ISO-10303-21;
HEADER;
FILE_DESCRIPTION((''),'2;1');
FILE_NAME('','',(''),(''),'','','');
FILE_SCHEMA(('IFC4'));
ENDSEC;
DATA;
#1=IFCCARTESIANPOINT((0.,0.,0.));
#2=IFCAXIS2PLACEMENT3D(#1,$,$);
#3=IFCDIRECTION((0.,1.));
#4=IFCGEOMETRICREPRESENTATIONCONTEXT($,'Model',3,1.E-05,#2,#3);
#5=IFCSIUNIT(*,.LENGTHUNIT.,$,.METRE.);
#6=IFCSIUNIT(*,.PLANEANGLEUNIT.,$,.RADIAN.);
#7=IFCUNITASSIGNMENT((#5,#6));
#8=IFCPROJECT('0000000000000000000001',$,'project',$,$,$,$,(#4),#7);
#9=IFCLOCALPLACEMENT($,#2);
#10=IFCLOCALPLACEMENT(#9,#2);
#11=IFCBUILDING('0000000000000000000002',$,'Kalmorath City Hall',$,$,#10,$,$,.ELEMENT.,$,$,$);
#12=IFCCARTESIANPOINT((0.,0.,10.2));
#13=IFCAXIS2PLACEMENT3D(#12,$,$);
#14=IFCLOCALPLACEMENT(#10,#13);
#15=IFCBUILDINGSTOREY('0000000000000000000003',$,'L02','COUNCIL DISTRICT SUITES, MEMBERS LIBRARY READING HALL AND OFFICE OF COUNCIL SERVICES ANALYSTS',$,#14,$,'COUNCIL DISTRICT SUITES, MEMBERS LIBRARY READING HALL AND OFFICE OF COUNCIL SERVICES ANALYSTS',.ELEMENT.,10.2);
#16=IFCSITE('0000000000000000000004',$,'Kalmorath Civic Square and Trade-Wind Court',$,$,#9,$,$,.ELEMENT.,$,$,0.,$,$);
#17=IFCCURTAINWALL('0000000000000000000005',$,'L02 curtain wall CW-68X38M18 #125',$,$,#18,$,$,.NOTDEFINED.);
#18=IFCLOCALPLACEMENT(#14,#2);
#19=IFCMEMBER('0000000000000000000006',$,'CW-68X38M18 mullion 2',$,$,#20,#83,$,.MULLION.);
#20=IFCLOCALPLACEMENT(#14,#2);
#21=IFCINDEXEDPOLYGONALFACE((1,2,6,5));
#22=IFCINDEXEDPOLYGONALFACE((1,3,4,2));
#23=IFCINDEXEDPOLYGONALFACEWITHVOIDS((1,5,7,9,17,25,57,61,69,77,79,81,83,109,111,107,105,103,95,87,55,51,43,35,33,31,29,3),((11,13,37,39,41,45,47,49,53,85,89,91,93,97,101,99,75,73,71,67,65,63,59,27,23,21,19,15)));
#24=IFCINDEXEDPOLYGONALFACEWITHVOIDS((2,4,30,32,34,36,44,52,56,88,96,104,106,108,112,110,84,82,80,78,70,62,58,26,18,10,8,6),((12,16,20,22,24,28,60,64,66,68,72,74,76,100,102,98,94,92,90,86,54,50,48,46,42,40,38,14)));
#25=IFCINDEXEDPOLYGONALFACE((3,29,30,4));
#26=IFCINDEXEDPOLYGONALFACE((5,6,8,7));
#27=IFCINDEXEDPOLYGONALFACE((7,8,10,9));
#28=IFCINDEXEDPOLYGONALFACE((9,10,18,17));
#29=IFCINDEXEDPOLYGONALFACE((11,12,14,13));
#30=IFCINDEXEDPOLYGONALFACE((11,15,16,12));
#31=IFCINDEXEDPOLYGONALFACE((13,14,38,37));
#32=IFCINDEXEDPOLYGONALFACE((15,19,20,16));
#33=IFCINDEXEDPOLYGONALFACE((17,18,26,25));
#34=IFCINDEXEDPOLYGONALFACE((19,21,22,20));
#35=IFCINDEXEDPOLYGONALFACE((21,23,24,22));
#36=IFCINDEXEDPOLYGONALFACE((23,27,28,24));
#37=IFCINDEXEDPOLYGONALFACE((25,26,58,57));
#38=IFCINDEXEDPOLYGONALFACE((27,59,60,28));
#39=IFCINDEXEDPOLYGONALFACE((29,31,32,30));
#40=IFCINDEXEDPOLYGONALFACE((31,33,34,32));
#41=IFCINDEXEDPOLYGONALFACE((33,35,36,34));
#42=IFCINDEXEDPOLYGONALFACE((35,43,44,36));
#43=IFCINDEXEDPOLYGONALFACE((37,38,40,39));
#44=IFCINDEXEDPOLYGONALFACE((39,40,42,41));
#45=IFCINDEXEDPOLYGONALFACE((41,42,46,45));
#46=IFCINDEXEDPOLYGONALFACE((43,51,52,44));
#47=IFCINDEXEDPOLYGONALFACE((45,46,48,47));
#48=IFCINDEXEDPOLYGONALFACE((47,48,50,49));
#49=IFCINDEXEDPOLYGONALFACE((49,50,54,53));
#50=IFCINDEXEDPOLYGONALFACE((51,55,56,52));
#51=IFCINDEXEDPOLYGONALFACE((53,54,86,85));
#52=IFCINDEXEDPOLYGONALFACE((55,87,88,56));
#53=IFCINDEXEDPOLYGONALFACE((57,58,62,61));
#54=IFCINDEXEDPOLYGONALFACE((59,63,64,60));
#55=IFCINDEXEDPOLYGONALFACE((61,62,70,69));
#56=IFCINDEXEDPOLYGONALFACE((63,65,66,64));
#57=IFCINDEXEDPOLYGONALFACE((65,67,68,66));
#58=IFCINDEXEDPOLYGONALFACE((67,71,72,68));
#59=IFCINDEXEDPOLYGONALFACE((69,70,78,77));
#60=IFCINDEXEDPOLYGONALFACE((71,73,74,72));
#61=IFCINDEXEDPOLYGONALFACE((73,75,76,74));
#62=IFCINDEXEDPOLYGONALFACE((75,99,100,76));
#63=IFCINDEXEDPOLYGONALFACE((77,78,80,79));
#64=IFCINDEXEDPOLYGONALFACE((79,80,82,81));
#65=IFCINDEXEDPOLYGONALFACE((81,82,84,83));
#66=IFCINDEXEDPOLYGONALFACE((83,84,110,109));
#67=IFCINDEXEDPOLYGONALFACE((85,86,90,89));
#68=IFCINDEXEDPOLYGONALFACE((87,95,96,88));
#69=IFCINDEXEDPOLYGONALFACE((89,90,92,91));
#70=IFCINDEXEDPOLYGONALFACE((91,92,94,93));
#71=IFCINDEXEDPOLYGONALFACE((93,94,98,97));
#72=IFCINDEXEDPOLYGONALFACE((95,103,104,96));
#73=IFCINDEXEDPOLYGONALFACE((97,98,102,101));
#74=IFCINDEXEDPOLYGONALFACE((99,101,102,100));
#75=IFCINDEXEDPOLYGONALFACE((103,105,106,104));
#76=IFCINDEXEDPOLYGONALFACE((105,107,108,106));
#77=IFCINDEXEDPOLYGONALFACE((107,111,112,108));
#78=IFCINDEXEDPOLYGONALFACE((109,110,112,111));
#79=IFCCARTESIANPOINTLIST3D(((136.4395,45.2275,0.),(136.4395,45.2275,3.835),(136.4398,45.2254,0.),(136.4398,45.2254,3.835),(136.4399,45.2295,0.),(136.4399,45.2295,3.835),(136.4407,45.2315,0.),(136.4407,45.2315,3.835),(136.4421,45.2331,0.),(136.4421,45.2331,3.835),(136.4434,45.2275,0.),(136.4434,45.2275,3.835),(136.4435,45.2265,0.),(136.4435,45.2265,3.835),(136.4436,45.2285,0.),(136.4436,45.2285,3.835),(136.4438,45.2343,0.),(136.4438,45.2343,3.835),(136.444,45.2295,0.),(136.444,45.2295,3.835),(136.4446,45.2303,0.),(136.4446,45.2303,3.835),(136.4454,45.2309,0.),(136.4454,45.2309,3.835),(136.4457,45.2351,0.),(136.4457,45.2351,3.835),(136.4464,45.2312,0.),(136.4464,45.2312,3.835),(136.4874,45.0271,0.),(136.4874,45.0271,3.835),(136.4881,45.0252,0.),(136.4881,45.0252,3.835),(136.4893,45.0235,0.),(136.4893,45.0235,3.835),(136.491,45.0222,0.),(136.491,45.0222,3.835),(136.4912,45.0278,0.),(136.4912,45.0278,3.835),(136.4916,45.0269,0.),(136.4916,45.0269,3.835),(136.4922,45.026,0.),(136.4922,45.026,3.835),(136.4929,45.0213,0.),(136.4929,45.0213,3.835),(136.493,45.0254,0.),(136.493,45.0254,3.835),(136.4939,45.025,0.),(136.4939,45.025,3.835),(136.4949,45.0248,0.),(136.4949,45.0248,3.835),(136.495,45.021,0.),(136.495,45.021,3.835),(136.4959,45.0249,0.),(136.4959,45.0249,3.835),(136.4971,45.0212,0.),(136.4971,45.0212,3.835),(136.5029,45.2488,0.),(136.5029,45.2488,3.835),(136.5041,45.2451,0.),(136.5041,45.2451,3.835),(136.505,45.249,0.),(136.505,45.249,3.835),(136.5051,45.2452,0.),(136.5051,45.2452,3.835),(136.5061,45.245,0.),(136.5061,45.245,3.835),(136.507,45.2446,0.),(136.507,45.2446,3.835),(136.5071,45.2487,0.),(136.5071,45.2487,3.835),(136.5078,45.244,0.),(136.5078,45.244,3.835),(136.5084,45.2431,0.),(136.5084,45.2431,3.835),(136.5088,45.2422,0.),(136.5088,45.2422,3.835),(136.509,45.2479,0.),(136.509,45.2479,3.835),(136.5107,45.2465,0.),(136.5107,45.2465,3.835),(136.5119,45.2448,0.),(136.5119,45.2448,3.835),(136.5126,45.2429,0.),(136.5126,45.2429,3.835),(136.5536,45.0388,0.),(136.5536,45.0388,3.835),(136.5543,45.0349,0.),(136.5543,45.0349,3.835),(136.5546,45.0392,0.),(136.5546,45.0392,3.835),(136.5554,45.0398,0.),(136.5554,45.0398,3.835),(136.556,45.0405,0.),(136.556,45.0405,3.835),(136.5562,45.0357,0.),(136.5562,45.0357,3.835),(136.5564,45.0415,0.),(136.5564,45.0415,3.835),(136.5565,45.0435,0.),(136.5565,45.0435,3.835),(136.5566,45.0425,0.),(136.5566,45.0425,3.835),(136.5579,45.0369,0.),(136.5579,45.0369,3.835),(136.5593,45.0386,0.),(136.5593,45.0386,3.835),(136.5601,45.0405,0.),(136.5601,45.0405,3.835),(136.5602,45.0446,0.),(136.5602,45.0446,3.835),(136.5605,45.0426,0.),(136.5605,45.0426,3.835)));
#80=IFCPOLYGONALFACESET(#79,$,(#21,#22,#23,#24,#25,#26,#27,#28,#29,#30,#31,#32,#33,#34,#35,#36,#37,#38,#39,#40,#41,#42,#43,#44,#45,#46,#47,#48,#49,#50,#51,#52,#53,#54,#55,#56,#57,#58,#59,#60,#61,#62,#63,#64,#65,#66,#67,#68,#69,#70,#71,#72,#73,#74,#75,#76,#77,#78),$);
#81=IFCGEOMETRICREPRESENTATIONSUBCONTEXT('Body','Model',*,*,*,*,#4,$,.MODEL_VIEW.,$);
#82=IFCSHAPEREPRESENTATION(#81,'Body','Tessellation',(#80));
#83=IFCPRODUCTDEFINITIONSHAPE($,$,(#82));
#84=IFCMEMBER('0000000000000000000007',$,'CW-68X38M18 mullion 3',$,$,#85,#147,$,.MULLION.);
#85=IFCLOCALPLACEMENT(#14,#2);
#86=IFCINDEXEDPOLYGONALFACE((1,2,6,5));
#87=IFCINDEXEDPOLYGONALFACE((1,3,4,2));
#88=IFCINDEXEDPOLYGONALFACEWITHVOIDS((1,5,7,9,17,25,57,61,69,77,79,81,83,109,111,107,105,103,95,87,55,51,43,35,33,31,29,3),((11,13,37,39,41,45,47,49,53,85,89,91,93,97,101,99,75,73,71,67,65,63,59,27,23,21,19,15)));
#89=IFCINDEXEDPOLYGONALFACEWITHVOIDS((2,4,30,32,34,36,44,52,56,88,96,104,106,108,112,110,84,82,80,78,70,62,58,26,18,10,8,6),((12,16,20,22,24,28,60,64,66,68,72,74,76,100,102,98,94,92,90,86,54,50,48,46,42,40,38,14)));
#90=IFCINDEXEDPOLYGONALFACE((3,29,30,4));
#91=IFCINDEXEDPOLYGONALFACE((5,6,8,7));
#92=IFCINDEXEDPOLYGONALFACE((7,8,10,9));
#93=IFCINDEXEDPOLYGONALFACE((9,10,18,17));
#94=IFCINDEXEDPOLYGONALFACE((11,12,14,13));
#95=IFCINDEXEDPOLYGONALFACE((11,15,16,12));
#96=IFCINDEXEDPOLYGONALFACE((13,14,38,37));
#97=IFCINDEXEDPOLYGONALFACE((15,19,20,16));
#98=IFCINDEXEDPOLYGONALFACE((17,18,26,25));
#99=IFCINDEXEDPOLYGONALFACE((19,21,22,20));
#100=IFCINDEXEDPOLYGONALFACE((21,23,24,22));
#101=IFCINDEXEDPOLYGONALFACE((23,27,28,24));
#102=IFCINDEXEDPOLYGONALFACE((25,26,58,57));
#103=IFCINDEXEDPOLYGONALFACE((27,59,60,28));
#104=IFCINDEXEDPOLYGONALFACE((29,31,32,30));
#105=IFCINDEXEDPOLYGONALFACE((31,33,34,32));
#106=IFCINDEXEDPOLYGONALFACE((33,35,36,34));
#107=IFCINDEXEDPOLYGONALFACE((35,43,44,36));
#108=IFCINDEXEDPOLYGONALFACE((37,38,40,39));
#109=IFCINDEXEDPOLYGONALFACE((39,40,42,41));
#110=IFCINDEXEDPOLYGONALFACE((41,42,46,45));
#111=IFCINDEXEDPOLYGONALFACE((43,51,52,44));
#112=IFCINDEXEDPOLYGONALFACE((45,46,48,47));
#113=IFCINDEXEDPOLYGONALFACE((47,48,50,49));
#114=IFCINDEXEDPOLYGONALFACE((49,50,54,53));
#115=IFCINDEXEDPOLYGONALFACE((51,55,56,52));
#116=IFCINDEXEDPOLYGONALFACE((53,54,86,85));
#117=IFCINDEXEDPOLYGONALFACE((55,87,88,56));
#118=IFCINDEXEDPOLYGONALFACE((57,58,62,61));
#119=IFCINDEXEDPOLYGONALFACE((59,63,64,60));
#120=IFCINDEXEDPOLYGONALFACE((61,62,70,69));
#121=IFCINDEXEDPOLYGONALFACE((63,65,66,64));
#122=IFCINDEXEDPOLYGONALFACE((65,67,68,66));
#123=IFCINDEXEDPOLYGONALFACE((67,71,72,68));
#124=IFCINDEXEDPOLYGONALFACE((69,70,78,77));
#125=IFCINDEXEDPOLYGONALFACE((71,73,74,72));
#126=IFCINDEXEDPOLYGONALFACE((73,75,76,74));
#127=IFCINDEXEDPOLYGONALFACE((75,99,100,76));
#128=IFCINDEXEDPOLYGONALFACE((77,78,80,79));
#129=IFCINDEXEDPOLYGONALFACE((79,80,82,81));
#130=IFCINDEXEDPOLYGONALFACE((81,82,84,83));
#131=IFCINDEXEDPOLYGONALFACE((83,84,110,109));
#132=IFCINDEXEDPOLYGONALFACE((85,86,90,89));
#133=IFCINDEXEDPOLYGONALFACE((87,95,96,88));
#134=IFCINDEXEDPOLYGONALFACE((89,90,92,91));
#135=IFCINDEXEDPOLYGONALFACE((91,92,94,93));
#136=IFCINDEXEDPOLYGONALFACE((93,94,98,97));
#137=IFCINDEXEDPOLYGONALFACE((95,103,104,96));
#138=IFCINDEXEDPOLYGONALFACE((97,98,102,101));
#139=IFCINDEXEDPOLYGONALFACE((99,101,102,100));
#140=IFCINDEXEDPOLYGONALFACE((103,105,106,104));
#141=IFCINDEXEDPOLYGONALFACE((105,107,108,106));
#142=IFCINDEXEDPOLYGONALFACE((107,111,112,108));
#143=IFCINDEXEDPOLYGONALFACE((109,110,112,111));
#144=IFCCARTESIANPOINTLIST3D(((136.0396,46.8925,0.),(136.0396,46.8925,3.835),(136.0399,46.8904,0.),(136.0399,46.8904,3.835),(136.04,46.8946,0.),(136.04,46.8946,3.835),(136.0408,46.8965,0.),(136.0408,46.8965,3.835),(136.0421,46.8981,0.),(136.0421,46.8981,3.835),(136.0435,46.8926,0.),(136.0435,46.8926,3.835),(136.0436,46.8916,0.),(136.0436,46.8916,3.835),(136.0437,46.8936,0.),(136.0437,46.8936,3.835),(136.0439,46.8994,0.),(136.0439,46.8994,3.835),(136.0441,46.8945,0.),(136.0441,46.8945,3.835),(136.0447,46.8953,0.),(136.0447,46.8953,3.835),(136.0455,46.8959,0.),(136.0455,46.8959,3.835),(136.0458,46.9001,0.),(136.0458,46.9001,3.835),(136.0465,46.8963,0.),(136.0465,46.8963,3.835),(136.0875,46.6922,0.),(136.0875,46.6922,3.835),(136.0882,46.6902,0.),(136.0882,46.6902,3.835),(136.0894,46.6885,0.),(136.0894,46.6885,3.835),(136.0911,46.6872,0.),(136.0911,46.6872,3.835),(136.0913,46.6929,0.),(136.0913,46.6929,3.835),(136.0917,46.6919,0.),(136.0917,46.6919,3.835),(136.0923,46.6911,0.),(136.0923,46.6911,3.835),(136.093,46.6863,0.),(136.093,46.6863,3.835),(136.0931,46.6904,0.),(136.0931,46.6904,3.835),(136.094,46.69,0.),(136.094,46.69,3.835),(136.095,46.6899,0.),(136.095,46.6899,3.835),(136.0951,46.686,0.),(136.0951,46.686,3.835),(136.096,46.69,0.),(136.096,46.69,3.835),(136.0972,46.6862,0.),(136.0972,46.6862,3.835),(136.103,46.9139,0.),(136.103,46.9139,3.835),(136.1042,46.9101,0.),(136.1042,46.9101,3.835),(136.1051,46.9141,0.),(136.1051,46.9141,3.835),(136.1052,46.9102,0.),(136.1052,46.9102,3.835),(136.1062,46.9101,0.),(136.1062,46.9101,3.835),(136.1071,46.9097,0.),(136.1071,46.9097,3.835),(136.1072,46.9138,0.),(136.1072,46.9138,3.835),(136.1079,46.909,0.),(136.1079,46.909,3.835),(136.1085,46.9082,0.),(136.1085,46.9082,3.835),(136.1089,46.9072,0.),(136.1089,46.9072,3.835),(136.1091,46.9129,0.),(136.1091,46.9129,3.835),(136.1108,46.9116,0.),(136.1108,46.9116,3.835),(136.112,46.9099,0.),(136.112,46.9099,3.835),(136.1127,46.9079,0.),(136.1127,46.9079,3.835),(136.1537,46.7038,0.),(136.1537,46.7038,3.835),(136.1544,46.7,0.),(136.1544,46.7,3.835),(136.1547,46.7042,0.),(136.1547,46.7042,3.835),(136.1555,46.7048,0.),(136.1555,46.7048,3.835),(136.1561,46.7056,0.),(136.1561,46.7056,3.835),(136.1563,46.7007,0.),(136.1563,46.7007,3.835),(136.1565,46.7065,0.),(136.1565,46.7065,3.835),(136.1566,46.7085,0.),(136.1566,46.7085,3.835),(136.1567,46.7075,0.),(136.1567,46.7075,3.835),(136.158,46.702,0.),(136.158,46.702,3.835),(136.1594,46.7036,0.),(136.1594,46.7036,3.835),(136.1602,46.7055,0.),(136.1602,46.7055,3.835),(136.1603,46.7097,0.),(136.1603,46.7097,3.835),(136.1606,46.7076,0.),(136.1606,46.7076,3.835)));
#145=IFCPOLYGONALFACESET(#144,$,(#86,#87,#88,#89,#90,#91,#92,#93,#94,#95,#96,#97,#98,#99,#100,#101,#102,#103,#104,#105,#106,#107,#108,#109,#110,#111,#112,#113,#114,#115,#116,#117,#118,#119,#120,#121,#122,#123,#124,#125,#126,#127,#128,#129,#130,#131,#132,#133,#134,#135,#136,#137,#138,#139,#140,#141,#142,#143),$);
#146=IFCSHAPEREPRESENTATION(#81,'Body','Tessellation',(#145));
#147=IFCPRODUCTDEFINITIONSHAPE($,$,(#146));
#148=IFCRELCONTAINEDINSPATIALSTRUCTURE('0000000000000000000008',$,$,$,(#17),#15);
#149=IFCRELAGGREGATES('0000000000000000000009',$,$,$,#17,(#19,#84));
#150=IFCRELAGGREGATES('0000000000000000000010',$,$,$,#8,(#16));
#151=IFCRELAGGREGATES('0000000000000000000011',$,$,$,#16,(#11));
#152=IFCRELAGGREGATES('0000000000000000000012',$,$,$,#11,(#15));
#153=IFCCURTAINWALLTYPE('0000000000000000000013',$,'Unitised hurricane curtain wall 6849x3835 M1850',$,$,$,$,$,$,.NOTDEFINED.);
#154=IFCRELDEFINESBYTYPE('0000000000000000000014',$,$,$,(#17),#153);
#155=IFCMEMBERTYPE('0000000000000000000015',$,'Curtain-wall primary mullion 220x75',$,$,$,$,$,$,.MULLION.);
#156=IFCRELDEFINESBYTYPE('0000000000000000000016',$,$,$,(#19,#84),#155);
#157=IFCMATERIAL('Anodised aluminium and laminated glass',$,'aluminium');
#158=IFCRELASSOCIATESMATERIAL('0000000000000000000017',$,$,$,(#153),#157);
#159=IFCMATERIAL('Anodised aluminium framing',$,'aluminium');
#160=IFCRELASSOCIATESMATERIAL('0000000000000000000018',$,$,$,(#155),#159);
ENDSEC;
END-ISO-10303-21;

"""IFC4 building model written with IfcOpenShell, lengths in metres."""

from ifc_helpers import new_model, si_unit, direction, frame, origin, origin_2d, place, context, subcontext, project, spatial, hollow_rectangle, extrude, material, material_profile, profile_set, type_object, element, aggregate, save


model = new_model("IFC4")

# Units and contexts
model_context = context("Model", 3, precision=1e-05, world=origin(), true_north=direction((0.0, 1.0)))
body_context = subcontext(model_context, "Body", "Model", "MODEL_VIEW")
ifc_project = project(units=[si_unit("LENGTHUNIT", "METRE"), si_unit("PLANEANGLEUNIT", "RADIAN")], contexts=[model_context])

# Site, building, storey
site_placement = place(None, origin())
site = spatial("IfcSite", under=ifc_project, at=site_placement, Name="Kalmorath Civic Square and Trade-Wind Court", CompositionType="ELEMENT", RefElevation=0.0)
building_placement = place(site_placement, origin())
building = spatial("IfcBuilding", under=site, at=building_placement, Name="Kalmorath City Hall", CompositionType="ELEMENT")
storey_placement = place(building_placement, frame((0.0, 0.0, 10.2)))
storey = spatial("IfcBuildingStorey", under=building, at=storey_placement, Name="L02", Description="COUNCIL DISTRICT SUITES, MEMBERS LIBRARY READING HALL AND OFFICE OF COUNCIL SERVICES ANALYSTS", LongName="COUNCIL DISTRICT SUITES, MEMBERS LIBRARY READING HALL AND OFFICE OF COUNCIL SERVICES ANALYSTS", CompositionType="ELEMENT", Elevation=10.2)

# Curtain wall
ifc_material_1 = material(Name="Anodised aluminium and laminated glass", Category="aluminium")
curtain_wall_type_1 = type_object("IfcCurtainWallType", Name="Unitised hurricane curtain wall 6849x3835 M1850", PredefinedType="NOTDEFINED", material=ifc_material_1)
curtain_wall_1_placement = place(storey_placement, origin())
curtain_wall_1 = element("IfcCurtainWall", 1, at=curtain_wall_1_placement, inside=storey, type_object=curtain_wall_type_1, Name="L02 curtain wall CW-68X38M18 #125", PredefinedType="NOTDEFINED")

# Members
ifc_material_2 = material(Name="Anodised aluminium framing", Category="aluminium")
ifc_material_profile_1 = material_profile(ifc_material_2, hollow_rectangle(XDim=0.075, YDim=0.22, WallThickness=0.0039, InnerFilletRadius=0.0039, OuterFilletRadius=0.0081, at=origin_2d()), Name="ALU-MUL-220X75X4")
ifc_profile_set_1 = profile_set([ifc_material_profile_1], Name="Anodised aluminium framing")
member_type_1 = type_object("IfcMemberType", Name="Curtain-wall primary mullion 220x75", PredefinedType="MULLION", material=ifc_profile_set_1)
member_1_placement = place(storey_placement, frame((136.5, 45.135, 0.0), z_axis=(0.0, 0.0, 1.0), x_axis=(-0.972367, -0.233456, 0.0)))
member_1 = element("IfcMember", 2, at=member_1_placement, type_object=member_type_1, Name="CW-68X38M18 mullion 2", PredefinedType="MULLION", context=body_context, shape_type="SweptSolid", body=[
    extrude(hollow_rectangle(XDim=0.075, YDim=0.22, WallThickness=0.0039, InnerFilletRadius=0.0039, OuterFilletRadius=0.0081, at=origin_2d()), origin(), (0.0, 0.0, 1.0), 3.835),
])
member_2_placement = place(storey_placement, frame((136.1001, 46.8, 0.0), z_axis=(0.0, 0.0, 1.0), x_axis=(-0.972367, -0.233456, 0.0)))
member_2 = element("IfcMember", 3, at=member_2_placement, type_object=member_type_1, Name="CW-68X38M18 mullion 3", PredefinedType="MULLION", context=body_context, shape_type="SweptSolid", body=[
    extrude(hollow_rectangle(XDim=0.075, YDim=0.22, WallThickness=0.0039, InnerFilletRadius=0.0039, OuterFilletRadius=0.0081, at=origin_2d()), origin(), (0.0, 0.0, 1.0), 3.835),
])

aggregate(curtain_wall_1, [member_1, member_2])

save(model, "model.ifc")
